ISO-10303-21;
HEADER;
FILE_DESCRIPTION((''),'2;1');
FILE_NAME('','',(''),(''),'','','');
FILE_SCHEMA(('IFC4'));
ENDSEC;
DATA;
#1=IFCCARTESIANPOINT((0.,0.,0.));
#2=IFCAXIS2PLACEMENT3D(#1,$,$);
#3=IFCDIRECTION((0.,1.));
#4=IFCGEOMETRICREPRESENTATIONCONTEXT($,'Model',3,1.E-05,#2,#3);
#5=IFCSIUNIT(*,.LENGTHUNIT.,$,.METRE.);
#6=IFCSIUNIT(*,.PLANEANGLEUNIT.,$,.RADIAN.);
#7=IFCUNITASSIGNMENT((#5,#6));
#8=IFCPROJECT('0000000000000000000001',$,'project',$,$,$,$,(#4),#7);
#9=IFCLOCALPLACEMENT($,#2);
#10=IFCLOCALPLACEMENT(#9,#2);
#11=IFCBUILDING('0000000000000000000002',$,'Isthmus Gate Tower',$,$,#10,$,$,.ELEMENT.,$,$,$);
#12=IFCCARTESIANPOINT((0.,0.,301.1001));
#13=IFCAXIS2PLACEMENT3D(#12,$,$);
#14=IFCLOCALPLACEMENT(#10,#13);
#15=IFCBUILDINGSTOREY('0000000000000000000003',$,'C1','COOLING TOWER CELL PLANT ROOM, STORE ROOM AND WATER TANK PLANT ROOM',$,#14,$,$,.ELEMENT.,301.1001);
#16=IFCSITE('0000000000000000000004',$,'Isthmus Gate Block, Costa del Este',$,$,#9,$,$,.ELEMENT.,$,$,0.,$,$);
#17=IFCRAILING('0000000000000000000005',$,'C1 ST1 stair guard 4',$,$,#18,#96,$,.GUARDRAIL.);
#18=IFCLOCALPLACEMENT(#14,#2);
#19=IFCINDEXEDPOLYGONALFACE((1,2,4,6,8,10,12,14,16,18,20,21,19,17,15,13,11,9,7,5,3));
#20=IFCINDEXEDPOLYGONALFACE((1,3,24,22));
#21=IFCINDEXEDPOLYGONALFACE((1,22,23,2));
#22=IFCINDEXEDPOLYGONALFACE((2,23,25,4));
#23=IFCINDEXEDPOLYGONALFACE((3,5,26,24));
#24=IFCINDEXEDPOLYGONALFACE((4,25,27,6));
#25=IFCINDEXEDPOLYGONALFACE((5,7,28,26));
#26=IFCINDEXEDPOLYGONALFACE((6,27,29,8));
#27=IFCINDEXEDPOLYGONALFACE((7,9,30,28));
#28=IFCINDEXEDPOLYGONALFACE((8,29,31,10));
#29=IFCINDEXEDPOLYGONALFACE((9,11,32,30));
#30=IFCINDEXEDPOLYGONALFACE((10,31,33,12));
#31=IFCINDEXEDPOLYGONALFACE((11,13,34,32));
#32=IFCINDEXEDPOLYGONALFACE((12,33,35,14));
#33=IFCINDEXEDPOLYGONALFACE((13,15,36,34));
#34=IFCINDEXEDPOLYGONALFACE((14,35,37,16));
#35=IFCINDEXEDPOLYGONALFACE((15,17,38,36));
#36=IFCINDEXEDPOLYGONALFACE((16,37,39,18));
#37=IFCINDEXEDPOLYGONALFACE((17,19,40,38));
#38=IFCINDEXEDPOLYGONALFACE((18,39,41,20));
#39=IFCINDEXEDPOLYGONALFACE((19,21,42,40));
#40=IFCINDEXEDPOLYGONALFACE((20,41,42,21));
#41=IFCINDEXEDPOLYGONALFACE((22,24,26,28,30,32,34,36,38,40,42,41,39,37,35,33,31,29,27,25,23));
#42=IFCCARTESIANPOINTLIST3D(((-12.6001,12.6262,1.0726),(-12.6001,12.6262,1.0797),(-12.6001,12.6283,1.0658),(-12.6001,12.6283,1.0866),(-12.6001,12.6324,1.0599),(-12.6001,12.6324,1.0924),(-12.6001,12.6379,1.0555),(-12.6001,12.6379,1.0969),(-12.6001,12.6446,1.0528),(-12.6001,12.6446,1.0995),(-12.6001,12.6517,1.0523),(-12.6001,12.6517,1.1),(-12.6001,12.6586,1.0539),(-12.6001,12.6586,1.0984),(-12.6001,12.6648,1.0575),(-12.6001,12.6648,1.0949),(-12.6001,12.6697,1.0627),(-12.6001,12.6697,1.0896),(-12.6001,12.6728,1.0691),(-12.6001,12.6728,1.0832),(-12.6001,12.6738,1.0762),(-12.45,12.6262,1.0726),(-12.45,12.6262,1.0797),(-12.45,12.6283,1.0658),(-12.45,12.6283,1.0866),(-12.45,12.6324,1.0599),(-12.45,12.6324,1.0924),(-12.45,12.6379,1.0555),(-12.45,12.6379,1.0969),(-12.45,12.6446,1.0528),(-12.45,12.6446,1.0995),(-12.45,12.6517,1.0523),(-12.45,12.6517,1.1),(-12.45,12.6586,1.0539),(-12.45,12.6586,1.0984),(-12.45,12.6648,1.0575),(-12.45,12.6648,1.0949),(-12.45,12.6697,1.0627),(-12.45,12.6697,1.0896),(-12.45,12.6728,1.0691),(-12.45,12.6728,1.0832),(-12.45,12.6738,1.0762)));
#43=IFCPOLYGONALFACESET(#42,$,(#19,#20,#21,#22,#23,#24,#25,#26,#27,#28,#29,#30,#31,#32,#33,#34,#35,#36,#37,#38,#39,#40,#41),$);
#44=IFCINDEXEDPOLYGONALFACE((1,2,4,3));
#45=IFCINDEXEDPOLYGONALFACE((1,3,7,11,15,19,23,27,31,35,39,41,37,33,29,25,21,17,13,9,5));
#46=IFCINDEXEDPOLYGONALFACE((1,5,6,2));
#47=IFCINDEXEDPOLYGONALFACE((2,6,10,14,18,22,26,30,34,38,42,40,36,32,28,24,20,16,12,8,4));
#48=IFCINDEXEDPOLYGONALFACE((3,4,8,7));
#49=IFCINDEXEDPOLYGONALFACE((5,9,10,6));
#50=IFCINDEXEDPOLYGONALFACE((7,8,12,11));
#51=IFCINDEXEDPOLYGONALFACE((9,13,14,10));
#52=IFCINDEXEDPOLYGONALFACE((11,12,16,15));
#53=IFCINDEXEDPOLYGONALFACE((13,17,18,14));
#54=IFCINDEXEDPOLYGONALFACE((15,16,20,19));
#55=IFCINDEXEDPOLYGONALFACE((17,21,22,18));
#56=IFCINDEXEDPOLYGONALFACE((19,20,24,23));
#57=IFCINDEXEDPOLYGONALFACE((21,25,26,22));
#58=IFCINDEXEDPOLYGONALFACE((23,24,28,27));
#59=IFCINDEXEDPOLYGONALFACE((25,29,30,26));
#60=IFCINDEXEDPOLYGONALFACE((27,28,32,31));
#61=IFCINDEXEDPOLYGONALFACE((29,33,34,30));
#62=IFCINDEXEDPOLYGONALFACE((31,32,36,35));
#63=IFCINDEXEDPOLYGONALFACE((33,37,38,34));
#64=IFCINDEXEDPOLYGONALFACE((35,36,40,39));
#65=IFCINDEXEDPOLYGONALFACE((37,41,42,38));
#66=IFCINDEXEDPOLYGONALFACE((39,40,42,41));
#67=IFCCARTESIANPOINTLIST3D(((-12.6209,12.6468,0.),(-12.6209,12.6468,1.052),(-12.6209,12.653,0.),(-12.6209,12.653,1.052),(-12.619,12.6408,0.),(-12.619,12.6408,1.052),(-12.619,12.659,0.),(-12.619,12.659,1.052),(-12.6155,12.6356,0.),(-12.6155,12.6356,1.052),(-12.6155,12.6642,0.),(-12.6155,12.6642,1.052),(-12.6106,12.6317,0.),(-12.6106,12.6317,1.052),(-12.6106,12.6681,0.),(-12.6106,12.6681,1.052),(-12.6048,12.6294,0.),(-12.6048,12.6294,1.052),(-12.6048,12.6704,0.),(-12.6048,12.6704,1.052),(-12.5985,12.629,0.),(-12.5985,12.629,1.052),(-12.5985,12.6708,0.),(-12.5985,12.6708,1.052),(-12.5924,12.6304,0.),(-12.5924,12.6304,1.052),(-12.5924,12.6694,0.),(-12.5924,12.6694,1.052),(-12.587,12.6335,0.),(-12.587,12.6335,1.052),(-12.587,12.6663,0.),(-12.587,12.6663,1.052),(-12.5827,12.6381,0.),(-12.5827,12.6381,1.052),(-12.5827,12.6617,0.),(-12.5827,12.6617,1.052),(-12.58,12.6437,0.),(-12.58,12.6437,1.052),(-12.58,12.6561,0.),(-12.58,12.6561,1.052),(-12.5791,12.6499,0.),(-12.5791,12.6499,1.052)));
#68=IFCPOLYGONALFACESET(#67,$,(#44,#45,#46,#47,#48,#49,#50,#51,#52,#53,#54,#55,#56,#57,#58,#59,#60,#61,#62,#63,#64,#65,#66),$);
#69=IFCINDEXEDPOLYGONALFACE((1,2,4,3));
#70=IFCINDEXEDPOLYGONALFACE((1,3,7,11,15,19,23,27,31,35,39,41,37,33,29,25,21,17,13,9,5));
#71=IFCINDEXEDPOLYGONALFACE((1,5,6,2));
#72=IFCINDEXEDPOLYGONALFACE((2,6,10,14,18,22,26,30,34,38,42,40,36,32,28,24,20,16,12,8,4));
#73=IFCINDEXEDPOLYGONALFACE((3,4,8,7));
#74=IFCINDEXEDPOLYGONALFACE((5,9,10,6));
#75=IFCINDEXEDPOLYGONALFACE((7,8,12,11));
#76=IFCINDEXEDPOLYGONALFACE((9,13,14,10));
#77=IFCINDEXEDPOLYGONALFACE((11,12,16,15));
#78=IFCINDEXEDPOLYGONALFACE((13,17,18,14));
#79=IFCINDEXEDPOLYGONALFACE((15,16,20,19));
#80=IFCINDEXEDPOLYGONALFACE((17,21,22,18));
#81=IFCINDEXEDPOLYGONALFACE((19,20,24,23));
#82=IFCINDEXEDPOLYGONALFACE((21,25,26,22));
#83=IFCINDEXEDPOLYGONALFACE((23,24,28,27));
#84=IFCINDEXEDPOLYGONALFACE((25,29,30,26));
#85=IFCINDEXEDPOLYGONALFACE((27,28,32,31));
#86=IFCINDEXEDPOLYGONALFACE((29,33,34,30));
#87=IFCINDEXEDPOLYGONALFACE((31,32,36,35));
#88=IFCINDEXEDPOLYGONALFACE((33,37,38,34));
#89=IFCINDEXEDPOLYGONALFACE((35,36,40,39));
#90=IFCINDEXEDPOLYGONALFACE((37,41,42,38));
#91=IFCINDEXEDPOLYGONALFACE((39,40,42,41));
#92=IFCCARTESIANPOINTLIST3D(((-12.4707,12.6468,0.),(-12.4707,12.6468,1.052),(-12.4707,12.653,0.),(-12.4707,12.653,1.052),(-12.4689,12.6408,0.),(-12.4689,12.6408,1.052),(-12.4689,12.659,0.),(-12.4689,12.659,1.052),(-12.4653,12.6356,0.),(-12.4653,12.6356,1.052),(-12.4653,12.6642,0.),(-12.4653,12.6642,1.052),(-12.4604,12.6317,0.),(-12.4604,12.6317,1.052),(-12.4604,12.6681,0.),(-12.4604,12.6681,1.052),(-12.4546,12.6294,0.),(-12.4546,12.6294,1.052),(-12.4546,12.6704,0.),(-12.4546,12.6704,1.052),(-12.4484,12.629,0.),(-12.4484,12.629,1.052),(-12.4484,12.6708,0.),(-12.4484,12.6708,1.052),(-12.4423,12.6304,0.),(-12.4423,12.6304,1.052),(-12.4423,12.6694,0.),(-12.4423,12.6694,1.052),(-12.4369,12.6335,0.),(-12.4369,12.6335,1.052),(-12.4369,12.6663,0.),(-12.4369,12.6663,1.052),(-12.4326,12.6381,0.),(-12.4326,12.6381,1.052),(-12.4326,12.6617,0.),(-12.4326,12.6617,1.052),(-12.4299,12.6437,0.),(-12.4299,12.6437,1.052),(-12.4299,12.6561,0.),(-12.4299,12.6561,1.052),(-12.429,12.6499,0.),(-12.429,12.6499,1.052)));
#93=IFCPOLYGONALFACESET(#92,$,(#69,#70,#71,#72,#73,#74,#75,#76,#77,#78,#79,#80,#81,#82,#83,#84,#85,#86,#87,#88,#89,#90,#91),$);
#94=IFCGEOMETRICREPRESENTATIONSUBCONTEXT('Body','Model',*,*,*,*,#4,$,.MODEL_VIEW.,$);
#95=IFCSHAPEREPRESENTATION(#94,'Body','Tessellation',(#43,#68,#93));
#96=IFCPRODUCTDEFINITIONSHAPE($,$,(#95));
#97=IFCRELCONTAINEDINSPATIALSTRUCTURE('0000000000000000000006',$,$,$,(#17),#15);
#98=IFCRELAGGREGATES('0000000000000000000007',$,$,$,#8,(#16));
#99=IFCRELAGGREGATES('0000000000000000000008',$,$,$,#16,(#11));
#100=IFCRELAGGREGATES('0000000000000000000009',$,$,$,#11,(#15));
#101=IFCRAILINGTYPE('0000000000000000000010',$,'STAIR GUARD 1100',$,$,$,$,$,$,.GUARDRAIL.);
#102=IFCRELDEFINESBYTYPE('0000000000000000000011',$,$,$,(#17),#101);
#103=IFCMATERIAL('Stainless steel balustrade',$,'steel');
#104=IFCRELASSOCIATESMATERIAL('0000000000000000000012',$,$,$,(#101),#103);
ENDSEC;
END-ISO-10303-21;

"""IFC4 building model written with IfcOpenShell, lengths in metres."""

from ifc_helpers import new_model, si_unit, direction, frame, origin, origin_2d, place, context, subcontext, project, spatial, circle, extrude, material, type_object, element, save


model = new_model("IFC4")

# Units and contexts
model_context = context("Model", 3, precision=1e-05, world=origin(), true_north=direction((0.0, 1.0)))
body_context = subcontext(model_context, "Body", "Model", "MODEL_VIEW")
ifc_project = project(units=[si_unit("LENGTHUNIT", "METRE"), si_unit("PLANEANGLEUNIT", "RADIAN")], contexts=[model_context])

# Site, building, storey
site_placement = place(None, origin())
site = spatial("IfcSite", under=ifc_project, at=site_placement, Name="Isthmus Gate Block, Costa del Este", CompositionType="ELEMENT", RefElevation=0.0)
building_placement = place(site_placement, origin())
building = spatial("IfcBuilding", under=site, at=building_placement, Name="Isthmus Gate Tower", CompositionType="ELEMENT")
storey_placement = place(building_placement, frame((0.0, 0.0, 301.1001)))
storey = spatial("IfcBuildingStorey", under=building, at=storey_placement, Name="C1", Description="COOLING TOWER CELL PLANT ROOM, STORE ROOM AND WATER TANK PLANT ROOM", CompositionType="ELEMENT", Elevation=301.1001)

# Railing
ifc_material_1 = material(Name="Stainless steel balustrade", Category="steel")
railing_type_1 = type_object("IfcRailingType", Name="STAIR GUARD 1100", PredefinedType="GUARDRAIL", material=ifc_material_1)
railing_1_placement = place(storey_placement, frame((-12.6001, 12.6499, 0.0)))
element("IfcRailing", 1, at=railing_1_placement, inside=storey, type_object=railing_type_1, Name="C1 ST1 stair guard 4", PredefinedType="GUARDRAIL", context=body_context, shape_type="SweptSolid", body=[
    extrude(circle(Radius=0.0239, at=origin_2d()), frame((0.0, 0.0, 1.0762), z_axis=(1.0, 0.0, 0.0), x_axis=(0.0, 1.0, 0.0)), (0.0, 0.0, 1.0), 0.1501),
    extrude(circle(Radius=0.021, at=origin_2d()), origin(), (0.0, 0.0, 1.0), 1.052),
    extrude(circle(Radius=0.021, at=origin_2d()), frame((0.1501, 0.0, 0.0)), (0.0, 0.0, 1.0), 1.052),
])

save(model, "model.ifc")
